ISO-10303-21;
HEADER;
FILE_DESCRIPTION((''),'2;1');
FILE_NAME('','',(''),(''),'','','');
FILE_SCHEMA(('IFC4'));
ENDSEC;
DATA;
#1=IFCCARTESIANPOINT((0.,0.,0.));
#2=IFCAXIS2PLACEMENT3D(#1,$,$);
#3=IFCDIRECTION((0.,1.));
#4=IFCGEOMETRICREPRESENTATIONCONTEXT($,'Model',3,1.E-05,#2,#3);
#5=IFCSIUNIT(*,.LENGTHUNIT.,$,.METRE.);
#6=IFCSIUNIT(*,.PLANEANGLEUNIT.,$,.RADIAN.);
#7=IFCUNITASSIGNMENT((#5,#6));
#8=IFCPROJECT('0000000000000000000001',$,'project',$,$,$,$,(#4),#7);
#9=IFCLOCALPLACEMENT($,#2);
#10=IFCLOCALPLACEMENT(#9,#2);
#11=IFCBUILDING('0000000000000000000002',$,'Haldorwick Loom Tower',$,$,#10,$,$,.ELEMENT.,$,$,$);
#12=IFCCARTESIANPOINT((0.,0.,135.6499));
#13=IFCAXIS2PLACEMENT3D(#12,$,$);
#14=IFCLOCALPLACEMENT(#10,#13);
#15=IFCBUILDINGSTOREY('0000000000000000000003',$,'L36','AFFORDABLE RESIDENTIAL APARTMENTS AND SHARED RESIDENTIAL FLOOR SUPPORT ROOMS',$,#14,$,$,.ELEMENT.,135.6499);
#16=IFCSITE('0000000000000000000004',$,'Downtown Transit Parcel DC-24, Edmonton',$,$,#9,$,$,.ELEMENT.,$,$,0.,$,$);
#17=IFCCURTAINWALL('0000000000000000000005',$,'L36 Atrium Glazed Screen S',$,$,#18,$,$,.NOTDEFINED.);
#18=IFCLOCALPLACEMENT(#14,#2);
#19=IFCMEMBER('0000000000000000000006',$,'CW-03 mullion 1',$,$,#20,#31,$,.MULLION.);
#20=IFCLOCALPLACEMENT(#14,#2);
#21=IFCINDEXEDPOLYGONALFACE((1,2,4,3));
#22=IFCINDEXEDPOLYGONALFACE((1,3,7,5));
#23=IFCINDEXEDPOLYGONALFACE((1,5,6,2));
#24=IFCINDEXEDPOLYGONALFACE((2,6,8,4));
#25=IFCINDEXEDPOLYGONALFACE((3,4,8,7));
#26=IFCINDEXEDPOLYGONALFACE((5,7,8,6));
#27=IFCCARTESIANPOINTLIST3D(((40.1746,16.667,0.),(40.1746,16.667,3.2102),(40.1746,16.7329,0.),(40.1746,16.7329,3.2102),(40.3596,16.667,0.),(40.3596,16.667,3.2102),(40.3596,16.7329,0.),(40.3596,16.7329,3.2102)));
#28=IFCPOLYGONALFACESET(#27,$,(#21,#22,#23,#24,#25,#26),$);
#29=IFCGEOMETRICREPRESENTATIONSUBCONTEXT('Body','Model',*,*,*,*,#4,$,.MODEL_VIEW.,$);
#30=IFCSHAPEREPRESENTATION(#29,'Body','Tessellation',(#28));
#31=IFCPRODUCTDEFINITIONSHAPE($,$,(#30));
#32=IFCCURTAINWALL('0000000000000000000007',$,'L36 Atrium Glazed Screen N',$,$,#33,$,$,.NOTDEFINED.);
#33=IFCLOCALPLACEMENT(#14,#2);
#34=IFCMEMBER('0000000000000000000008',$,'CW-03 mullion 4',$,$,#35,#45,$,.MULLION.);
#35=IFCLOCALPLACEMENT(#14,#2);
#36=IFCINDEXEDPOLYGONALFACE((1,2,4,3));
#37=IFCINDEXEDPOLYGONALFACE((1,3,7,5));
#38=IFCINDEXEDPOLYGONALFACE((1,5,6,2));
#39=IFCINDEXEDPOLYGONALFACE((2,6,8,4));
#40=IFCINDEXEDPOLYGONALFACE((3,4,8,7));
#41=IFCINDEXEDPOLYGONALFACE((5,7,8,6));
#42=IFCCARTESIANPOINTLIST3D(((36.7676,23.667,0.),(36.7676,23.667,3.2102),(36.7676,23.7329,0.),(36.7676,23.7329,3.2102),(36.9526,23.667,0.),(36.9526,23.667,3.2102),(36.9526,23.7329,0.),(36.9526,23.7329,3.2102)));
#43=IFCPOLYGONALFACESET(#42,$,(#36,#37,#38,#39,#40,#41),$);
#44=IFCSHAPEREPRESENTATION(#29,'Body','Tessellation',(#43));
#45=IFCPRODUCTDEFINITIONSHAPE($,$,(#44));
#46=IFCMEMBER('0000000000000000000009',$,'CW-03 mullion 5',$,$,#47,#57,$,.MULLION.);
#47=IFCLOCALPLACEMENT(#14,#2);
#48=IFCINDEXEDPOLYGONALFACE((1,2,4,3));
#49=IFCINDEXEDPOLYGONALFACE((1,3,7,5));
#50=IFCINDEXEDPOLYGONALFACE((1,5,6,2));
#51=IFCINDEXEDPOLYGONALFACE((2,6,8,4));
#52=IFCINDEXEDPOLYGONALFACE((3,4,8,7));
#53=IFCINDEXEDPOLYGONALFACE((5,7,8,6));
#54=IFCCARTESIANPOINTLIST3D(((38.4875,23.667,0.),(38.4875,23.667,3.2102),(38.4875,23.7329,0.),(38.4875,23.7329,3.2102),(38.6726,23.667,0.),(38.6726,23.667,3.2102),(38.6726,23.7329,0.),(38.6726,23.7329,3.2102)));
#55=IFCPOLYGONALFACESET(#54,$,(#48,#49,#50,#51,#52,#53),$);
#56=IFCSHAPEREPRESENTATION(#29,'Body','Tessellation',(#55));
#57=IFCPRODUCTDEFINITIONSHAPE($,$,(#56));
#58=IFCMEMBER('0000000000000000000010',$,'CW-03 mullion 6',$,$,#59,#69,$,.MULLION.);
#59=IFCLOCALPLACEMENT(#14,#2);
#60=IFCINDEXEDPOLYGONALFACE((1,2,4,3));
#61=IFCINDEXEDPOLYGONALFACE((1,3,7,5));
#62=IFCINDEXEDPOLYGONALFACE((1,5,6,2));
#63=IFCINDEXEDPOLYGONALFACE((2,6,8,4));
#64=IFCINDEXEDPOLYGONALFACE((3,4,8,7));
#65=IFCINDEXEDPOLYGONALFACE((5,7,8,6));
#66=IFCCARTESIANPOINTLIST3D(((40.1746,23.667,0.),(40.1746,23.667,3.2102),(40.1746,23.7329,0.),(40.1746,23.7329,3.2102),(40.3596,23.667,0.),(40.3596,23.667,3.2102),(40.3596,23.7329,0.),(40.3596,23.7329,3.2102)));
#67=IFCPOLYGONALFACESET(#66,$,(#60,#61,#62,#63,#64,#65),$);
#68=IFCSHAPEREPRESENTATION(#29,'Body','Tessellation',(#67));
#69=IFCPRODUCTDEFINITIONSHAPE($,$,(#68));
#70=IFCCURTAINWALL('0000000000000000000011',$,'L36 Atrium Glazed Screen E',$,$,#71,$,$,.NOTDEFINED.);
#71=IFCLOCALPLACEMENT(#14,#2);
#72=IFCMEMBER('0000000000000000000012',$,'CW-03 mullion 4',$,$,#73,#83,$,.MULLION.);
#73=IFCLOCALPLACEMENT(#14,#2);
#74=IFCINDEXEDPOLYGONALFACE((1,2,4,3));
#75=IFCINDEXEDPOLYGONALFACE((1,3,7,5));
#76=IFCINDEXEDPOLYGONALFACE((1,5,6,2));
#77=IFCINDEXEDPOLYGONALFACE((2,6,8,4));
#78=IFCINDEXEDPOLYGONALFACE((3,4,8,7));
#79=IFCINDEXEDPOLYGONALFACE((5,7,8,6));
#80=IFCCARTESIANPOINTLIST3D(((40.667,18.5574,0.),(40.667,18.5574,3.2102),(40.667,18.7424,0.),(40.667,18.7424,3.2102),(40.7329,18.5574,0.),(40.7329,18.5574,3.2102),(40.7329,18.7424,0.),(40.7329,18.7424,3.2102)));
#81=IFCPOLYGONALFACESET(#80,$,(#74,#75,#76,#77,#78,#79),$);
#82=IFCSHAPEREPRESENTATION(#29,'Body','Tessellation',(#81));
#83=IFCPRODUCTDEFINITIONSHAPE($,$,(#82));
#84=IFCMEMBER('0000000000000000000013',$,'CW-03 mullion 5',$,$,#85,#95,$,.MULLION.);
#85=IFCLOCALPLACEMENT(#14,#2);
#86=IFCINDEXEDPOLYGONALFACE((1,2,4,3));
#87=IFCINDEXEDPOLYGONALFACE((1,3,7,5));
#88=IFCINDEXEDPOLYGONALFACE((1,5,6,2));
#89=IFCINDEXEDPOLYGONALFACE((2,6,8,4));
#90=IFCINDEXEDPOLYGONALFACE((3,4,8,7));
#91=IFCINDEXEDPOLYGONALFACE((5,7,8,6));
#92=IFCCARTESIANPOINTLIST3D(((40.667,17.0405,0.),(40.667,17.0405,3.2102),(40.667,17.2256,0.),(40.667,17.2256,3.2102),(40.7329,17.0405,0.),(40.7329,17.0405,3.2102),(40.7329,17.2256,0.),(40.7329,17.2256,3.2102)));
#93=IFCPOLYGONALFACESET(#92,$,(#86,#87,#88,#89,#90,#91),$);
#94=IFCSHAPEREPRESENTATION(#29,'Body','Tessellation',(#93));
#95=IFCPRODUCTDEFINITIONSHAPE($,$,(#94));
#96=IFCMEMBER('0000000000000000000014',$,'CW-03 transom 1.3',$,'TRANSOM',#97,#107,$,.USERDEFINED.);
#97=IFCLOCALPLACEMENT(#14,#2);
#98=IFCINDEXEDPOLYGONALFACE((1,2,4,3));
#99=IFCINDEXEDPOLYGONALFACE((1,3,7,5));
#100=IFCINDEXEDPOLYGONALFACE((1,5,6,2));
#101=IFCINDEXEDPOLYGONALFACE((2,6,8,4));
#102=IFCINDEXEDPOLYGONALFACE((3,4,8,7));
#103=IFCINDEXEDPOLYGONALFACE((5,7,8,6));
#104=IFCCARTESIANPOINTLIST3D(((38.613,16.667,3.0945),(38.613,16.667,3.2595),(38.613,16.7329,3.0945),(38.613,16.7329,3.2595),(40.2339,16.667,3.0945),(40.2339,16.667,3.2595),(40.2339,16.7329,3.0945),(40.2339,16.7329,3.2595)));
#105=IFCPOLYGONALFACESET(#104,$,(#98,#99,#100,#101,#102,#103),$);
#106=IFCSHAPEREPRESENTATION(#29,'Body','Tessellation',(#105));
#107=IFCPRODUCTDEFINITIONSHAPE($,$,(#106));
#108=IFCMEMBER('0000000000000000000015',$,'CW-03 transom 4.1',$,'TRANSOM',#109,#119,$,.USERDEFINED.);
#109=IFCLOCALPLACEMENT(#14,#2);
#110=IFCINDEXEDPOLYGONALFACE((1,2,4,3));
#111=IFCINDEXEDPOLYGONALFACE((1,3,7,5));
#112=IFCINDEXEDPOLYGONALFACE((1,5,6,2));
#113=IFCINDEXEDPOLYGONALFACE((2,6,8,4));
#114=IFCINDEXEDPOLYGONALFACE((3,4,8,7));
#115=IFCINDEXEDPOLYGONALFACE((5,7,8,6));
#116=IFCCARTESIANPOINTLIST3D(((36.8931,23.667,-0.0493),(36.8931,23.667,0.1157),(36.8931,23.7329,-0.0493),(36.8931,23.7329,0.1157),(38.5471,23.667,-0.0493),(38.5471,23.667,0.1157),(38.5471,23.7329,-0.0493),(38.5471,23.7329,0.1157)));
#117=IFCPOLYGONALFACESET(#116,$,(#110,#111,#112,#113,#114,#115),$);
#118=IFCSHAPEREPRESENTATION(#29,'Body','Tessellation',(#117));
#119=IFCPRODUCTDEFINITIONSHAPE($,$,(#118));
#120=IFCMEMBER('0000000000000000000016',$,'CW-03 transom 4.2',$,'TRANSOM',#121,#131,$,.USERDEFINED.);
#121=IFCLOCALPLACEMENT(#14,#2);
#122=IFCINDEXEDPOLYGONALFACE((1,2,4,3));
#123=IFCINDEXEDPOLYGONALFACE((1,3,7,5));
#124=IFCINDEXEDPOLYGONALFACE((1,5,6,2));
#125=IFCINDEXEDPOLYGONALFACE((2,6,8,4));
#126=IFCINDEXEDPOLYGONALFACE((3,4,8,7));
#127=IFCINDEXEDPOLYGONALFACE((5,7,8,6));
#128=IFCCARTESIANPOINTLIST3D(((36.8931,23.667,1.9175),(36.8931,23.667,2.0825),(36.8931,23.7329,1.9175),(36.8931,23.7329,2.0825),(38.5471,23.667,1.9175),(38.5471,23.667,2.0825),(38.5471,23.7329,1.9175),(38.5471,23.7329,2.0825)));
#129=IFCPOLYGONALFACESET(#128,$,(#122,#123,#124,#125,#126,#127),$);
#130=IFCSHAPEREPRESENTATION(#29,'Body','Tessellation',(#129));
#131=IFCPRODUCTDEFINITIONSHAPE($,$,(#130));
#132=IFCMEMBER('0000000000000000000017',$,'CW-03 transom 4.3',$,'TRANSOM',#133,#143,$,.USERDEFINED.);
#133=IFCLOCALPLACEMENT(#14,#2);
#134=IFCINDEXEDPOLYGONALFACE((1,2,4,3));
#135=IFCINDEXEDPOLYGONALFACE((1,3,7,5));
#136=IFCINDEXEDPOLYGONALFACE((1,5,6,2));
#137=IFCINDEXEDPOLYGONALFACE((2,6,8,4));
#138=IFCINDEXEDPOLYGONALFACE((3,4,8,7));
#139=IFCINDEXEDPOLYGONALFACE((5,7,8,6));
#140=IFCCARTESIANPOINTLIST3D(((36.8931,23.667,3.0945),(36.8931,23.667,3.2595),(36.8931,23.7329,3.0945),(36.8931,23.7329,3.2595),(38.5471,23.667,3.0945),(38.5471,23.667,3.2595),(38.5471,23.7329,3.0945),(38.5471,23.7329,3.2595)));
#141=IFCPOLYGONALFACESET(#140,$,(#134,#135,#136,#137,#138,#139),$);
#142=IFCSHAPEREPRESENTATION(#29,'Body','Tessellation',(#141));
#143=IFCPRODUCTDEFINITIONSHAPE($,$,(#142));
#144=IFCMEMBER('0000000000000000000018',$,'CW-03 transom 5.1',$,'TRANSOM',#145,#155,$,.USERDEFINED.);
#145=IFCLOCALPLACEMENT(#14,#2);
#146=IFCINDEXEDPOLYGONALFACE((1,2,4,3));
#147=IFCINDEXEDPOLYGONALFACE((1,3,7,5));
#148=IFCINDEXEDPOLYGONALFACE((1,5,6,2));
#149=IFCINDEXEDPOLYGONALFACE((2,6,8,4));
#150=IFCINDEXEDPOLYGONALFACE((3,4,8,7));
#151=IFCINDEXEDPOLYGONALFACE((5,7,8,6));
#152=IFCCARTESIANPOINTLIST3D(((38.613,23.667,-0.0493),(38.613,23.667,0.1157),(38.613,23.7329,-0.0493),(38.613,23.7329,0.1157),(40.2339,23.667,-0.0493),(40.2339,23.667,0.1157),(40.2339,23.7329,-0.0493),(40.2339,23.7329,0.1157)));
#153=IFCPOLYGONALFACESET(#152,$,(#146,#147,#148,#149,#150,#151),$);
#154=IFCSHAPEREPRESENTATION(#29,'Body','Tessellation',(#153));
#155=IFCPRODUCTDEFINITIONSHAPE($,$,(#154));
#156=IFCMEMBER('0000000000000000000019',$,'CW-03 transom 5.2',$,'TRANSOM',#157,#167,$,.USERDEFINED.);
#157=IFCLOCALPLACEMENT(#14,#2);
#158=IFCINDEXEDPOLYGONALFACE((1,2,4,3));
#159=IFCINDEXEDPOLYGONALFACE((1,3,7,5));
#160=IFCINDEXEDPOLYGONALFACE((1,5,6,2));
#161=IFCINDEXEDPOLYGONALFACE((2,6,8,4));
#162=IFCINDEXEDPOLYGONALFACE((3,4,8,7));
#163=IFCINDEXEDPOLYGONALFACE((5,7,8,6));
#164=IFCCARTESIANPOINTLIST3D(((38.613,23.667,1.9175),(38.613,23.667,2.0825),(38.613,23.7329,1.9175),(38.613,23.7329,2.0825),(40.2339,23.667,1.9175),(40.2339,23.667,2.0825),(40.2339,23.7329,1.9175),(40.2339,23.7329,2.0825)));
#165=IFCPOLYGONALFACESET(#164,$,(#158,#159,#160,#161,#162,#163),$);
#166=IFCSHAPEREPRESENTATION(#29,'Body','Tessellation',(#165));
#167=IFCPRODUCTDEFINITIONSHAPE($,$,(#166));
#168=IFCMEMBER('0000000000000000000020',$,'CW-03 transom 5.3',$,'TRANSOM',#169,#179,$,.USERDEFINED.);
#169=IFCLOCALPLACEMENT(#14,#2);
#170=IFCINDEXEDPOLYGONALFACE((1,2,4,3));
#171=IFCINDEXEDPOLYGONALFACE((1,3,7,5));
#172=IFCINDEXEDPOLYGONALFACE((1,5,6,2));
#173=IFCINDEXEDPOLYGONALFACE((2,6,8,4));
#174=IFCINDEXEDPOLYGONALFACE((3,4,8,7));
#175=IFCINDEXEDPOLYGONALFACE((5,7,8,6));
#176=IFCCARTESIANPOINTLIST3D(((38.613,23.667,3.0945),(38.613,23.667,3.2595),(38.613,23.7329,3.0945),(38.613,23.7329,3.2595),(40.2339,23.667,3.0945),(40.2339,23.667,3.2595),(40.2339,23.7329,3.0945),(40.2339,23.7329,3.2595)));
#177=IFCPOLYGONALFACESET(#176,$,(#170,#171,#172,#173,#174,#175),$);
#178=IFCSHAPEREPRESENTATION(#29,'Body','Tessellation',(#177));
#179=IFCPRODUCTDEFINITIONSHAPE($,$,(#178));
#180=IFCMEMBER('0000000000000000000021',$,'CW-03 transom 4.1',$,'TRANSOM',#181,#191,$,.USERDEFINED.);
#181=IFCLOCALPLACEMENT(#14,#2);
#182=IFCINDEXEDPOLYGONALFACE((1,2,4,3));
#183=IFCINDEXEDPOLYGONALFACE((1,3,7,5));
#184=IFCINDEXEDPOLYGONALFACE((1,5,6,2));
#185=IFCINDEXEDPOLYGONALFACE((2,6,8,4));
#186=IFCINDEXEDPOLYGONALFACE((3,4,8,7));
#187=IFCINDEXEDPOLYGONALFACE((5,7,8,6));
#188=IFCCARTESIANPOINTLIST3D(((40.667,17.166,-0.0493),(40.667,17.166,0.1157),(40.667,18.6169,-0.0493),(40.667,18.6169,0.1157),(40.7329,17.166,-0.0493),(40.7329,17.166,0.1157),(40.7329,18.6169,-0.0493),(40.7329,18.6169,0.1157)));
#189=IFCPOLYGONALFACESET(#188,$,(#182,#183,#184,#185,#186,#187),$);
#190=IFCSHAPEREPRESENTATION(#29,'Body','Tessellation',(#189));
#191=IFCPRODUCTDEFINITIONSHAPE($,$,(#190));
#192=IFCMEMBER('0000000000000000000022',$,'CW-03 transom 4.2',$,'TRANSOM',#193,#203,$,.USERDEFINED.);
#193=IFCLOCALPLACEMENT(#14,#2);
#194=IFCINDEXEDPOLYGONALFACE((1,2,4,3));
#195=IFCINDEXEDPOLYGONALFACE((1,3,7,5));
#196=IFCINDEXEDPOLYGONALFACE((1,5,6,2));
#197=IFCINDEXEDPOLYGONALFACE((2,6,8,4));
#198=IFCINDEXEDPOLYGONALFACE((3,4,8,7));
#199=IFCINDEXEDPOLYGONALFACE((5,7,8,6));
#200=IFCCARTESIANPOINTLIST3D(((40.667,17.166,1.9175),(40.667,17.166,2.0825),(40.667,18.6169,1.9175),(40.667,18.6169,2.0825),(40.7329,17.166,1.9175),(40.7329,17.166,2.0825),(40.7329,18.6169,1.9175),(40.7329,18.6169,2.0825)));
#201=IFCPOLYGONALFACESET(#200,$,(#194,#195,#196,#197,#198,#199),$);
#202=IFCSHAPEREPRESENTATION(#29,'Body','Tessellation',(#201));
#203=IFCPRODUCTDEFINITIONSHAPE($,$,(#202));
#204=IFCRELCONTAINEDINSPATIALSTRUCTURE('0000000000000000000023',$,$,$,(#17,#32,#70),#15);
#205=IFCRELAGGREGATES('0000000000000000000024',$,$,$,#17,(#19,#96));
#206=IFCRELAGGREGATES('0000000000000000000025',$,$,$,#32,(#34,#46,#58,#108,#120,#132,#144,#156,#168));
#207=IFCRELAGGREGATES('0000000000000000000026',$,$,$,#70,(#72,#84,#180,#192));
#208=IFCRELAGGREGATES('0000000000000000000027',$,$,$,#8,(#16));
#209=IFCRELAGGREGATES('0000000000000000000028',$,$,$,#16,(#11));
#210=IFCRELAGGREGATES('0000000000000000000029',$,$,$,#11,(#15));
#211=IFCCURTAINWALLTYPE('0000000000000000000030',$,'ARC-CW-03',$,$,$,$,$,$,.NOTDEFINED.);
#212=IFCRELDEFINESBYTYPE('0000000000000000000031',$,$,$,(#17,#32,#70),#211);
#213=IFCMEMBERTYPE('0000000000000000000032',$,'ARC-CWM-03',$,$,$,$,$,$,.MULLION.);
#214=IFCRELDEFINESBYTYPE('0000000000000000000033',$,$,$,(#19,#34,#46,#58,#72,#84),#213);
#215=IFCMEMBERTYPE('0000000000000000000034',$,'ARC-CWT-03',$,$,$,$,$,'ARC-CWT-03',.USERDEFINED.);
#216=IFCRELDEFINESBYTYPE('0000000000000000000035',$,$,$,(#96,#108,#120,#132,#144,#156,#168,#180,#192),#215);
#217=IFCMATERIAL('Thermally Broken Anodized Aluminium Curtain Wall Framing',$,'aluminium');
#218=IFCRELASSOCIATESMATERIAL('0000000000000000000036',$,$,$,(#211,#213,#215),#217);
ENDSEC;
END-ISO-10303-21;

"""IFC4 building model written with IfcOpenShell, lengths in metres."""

from ifc_helpers import new_model, si_unit, direction, frame, origin, origin_2d, place, context, subcontext, project, spatial, rectangle, extrude, material, material_profile, profile_set, type_object, element, aggregate, save


model = new_model("IFC4")

# Units and contexts
model_context = context("Model", 3, precision=1e-05, world=origin(), true_north=direction((0.0, 1.0)))
body_context = subcontext(model_context, "Body", "Model", "MODEL_VIEW")
ifc_project = project(units=[si_unit("LENGTHUNIT", "METRE"), si_unit("PLANEANGLEUNIT", "RADIAN")], contexts=[model_context])

# Site, building, storey
site_placement = place(None, origin())
site = spatial("IfcSite", under=ifc_project, at=site_placement, Name="Downtown Transit Parcel DC-24, Edmonton", CompositionType="ELEMENT", RefElevation=0.0)
building_placement = place(site_placement, origin())
building = spatial("IfcBuilding", under=site, at=building_placement, Name="Haldorwick Loom Tower", CompositionType="ELEMENT")
storey_placement = place(building_placement, frame((0.0, 0.0, 135.6499)))
storey = spatial("IfcBuildingStorey", under=building, at=storey_placement, Name="L36", Description="AFFORDABLE RESIDENTIAL APARTMENTS AND SHARED RESIDENTIAL FLOOR SUPPORT ROOMS", CompositionType="ELEMENT", Elevation=135.6499)

# Curtain wall, member
ifc_material_1 = material(Name="Thermally Broken Anodized Aluminium Curtain Wall Framing", Category="aluminium")
curtain_wall_type = type_object("IfcCurtainWallType", Name="ARC-CW-03", PredefinedType="NOTDEFINED", material=ifc_material_1)
curtain_wall_1_placement = place(storey_placement, origin())
curtain_wall_1 = element("IfcCurtainWall", 1, at=curtain_wall_1_placement, inside=storey, type_object=curtain_wall_type, Name="L36 Atrium Glazed Screen S", PredefinedType="NOTDEFINED")
ifc_material_profile_1 = material_profile(ifc_material_1, rectangle(XDim=0.0659, YDim=0.1851, at=origin_2d()), Name="ALU_MUL_66X185", Category="aluminium")
ifc_profile_set_1 = profile_set([ifc_material_profile_1], Name="Thermally Broken Anodized Aluminium Curtain Wall Framing")
member_type_1 = type_object("IfcMemberType", Name="ARC-CWM-03", PredefinedType="MULLION", material=ifc_profile_set_1)
member_1_placement = place(storey_placement, frame((40.2671, 16.7, 0.0), z_axis=(0.0, 0.0, 1.0), x_axis=(0.0, -1.0, 0.0)))
member_1 = element("IfcMember", 2, at=member_1_placement, type_object=member_type_1, Name="CW-03 mullion 1", PredefinedType="MULLION", context=body_context, shape_type="SweptSolid", body=[
    extrude(rectangle(XDim=0.0659, YDim=0.1851, at=origin_2d()), origin(), (0.0, 0.0, 1.0), 3.2102),
])

# Curtain walls, members
curtain_wall_2_placement = place(storey_placement, origin())
curtain_wall_2 = element("IfcCurtainWall", 3, at=curtain_wall_2_placement, inside=storey, type_object=curtain_wall_type, Name="L36 Atrium Glazed Screen N", PredefinedType="NOTDEFINED")
member_2_placement = place(storey_placement, frame((36.8601, 23.7, 0.0), z_axis=(0.0, 0.0, 1.0), x_axis=(0.0, 1.0, 0.0)))
member_2 = element("IfcMember", 4, at=member_2_placement, type_object=member_type_1, Name="CW-03 mullion 4", PredefinedType="MULLION", context=body_context, shape_type="SweptSolid", body=[
    extrude(rectangle(XDim=0.0659, YDim=0.1851, at=origin_2d()), origin(), (0.0, 0.0, 1.0), 3.2102),
])
member_3_placement = place(storey_placement, frame((38.5801, 23.7, 0.0), z_axis=(0.0, 0.0, 1.0), x_axis=(0.0, 1.0, 0.0)))
member_3 = element("IfcMember", 5, at=member_3_placement, type_object=member_type_1, Name="CW-03 mullion 5", PredefinedType="MULLION", context=body_context, shape_type="SweptSolid", body=[
    extrude(rectangle(XDim=0.0659, YDim=0.1851, at=origin_2d()), origin(), (0.0, 0.0, 1.0), 3.2102),
])
member_4_placement = place(storey_placement, frame((40.2671, 23.7, 0.0), z_axis=(0.0, 0.0, 1.0), x_axis=(0.0, 1.0, 0.0)))
member_4 = element("IfcMember", 6, at=member_4_placement, type_object=member_type_1, Name="CW-03 mullion 6", PredefinedType="MULLION", context=body_context, shape_type="SweptSolid", body=[
    extrude(rectangle(XDim=0.0659, YDim=0.1851, at=origin_2d()), origin(), (0.0, 0.0, 1.0), 3.2102),
])
curtain_wall_3_placement = place(storey_placement, origin())
curtain_wall_3 = element("IfcCurtainWall", 7, at=curtain_wall_3_placement, inside=storey, type_object=curtain_wall_type, Name="L36 Atrium Glazed Screen E", PredefinedType="NOTDEFINED")
member_5_placement = place(storey_placement, frame((40.7, 18.6499, 0.0), z_axis=(0.0, 0.0, 1.0), x_axis=(1.0, 0.0, 0.0)))
member_5 = element("IfcMember", 8, at=member_5_placement, type_object=member_type_1, Name="CW-03 mullion 4", PredefinedType="MULLION", context=body_context, shape_type="SweptSolid", body=[
    extrude(rectangle(XDim=0.0659, YDim=0.1851, at=origin_2d()), origin(), (0.0, 0.0, 1.0), 3.2102),
])
member_6_placement = place(storey_placement, frame((40.7, 17.1331, 0.0), z_axis=(0.0, 0.0, 1.0), x_axis=(1.0, 0.0, 0.0)))
member_6 = element("IfcMember", 9, at=member_6_placement, type_object=member_type_1, Name="CW-03 mullion 5", PredefinedType="MULLION", context=body_context, shape_type="SweptSolid", body=[
    extrude(rectangle(XDim=0.0659, YDim=0.1851, at=origin_2d()), origin(), (0.0, 0.0, 1.0), 3.2102),
])

# Members
ifc_material_profile_2 = material_profile(ifc_material_1, rectangle(XDim=0.0659, YDim=0.165, at=origin_2d()), Name="ALU_TRN_66X165", Category="aluminium")
ifc_profile_set_2 = profile_set([ifc_material_profile_2], Name="Thermally Broken Anodized Aluminium Curtain Wall Framing")
member_type_2 = type_object("IfcMemberType", Name="ARC-CWT-03", ElementType="ARC-CWT-03", PredefinedType="USERDEFINED", material=ifc_profile_set_2)
member_7_placement = place(storey_placement, frame((40.2339, 16.7, 3.177), z_axis=(-1.0, 0.0, 0.0), x_axis=(0.0, -1.0, 0.0)))
member_7 = element("IfcMember", 10, at=member_7_placement, type_object=member_type_2, Name="CW-03 transom 1.3", ObjectType="TRANSOM", PredefinedType="USERDEFINED", context=body_context, shape_type="SweptSolid", body=[
    extrude(rectangle(XDim=0.0659, YDim=0.165, at=origin_2d()), origin(), (0.0, 0.0, 1.0), 1.6208),
])
aggregate(curtain_wall_1, [member_1, member_7])
member_8_placement = place(storey_placement, frame((36.8931, 23.7, 0.0332), z_axis=(1.0, 0.0, 0.0), x_axis=(0.0, 1.0, 0.0)))
member_8 = element("IfcMember", 11, at=member_8_placement, type_object=member_type_2, Name="CW-03 transom 4.1", ObjectType="TRANSOM", PredefinedType="USERDEFINED", context=body_context, shape_type="SweptSolid", body=[
    extrude(rectangle(XDim=0.0659, YDim=0.165, at=origin_2d()), origin(), (0.0, 0.0, 1.0), 1.6541),
])
member_9_placement = place(storey_placement, frame((36.8931, 23.7, 2.0), z_axis=(1.0, 0.0, 0.0), x_axis=(0.0, 1.0, 0.0)))
member_9 = element("IfcMember", 12, at=member_9_placement, type_object=member_type_2, Name="CW-03 transom 4.2", ObjectType="TRANSOM", PredefinedType="USERDEFINED", context=body_context, shape_type="SweptSolid", body=[
    extrude(rectangle(XDim=0.0659, YDim=0.165, at=origin_2d()), origin(), (0.0, 0.0, 1.0), 1.6541),
])
member_10_placement = place(storey_placement, frame((36.8931, 23.7, 3.177), z_axis=(1.0, 0.0, 0.0), x_axis=(0.0, 1.0, 0.0)))
member_10 = element("IfcMember", 13, at=member_10_placement, type_object=member_type_2, Name="CW-03 transom 4.3", ObjectType="TRANSOM", PredefinedType="USERDEFINED", context=body_context, shape_type="SweptSolid", body=[
    extrude(rectangle(XDim=0.0659, YDim=0.165, at=origin_2d()), origin(), (0.0, 0.0, 1.0), 1.6541),
])
member_11_placement = place(storey_placement, frame((38.613, 23.7, 0.0332), z_axis=(1.0, 0.0, 0.0), x_axis=(0.0, 1.0, 0.0)))
member_11 = element("IfcMember", 14, at=member_11_placement, type_object=member_type_2, Name="CW-03 transom 5.1", ObjectType="TRANSOM", PredefinedType="USERDEFINED", context=body_context, shape_type="SweptSolid", body=[
    extrude(rectangle(XDim=0.0659, YDim=0.165, at=origin_2d()), origin(), (0.0, 0.0, 1.0), 1.6208),
])
member_12_placement = place(storey_placement, frame((38.613, 23.7, 2.0), z_axis=(1.0, 0.0, 0.0), x_axis=(0.0, 1.0, 0.0)))
member_12 = element("IfcMember", 15, at=member_12_placement, type_object=member_type_2, Name="CW-03 transom 5.2", ObjectType="TRANSOM", PredefinedType="USERDEFINED", context=body_context, shape_type="SweptSolid", body=[
    extrude(rectangle(XDim=0.0659, YDim=0.165, at=origin_2d()), origin(), (0.0, 0.0, 1.0), 1.6208),
])
member_13_placement = place(storey_placement, frame((38.613, 23.7, 3.177), z_axis=(1.0, 0.0, 0.0), x_axis=(0.0, 1.0, 0.0)))
member_13 = element("IfcMember", 16, at=member_13_placement, type_object=member_type_2, Name="CW-03 transom 5.3", ObjectType="TRANSOM", PredefinedType="USERDEFINED", context=body_context, shape_type="SweptSolid", body=[
    extrude(rectangle(XDim=0.0659, YDim=0.165, at=origin_2d()), origin(), (0.0, 0.0, 1.0), 1.6208),
])
member_14_placement = place(storey_placement, frame((40.7, 18.6169, 0.0332), z_axis=(0.0, -1.0, 0.0), x_axis=(1.0, 0.0, 0.0)))
member_14 = element("IfcMember", 17, at=member_14_placement, type_object=member_type_2, Name="CW-03 transom 4.1", ObjectType="TRANSOM", PredefinedType="USERDEFINED", context=body_context, shape_type="SweptSolid", body=[
    extrude(rectangle(XDim=0.0659, YDim=0.165, at=origin_2d()), origin(), (0.0, 0.0, 1.0), 1.4509),
])
member_15_placement = place(storey_placement, frame((40.7, 18.6169, 2.0), z_axis=(0.0, -1.0, 0.0), x_axis=(1.0, 0.0, 0.0)))
member_15 = element("IfcMember", 18, at=member_15_placement, type_object=member_type_2, Name="CW-03 transom 4.2", ObjectType="TRANSOM", PredefinedType="USERDEFINED", context=body_context, shape_type="SweptSolid", body=[
    extrude(rectangle(XDim=0.0659, YDim=0.165, at=origin_2d()), origin(), (0.0, 0.0, 1.0), 1.4509),
])

aggregate(curtain_wall_2, [member_2, member_3, member_4, member_8, member_9, member_10, member_11, member_12, member_13])
aggregate(curtain_wall_3, [member_5, member_6, member_14, member_15])

save(model, "model.ifc")
